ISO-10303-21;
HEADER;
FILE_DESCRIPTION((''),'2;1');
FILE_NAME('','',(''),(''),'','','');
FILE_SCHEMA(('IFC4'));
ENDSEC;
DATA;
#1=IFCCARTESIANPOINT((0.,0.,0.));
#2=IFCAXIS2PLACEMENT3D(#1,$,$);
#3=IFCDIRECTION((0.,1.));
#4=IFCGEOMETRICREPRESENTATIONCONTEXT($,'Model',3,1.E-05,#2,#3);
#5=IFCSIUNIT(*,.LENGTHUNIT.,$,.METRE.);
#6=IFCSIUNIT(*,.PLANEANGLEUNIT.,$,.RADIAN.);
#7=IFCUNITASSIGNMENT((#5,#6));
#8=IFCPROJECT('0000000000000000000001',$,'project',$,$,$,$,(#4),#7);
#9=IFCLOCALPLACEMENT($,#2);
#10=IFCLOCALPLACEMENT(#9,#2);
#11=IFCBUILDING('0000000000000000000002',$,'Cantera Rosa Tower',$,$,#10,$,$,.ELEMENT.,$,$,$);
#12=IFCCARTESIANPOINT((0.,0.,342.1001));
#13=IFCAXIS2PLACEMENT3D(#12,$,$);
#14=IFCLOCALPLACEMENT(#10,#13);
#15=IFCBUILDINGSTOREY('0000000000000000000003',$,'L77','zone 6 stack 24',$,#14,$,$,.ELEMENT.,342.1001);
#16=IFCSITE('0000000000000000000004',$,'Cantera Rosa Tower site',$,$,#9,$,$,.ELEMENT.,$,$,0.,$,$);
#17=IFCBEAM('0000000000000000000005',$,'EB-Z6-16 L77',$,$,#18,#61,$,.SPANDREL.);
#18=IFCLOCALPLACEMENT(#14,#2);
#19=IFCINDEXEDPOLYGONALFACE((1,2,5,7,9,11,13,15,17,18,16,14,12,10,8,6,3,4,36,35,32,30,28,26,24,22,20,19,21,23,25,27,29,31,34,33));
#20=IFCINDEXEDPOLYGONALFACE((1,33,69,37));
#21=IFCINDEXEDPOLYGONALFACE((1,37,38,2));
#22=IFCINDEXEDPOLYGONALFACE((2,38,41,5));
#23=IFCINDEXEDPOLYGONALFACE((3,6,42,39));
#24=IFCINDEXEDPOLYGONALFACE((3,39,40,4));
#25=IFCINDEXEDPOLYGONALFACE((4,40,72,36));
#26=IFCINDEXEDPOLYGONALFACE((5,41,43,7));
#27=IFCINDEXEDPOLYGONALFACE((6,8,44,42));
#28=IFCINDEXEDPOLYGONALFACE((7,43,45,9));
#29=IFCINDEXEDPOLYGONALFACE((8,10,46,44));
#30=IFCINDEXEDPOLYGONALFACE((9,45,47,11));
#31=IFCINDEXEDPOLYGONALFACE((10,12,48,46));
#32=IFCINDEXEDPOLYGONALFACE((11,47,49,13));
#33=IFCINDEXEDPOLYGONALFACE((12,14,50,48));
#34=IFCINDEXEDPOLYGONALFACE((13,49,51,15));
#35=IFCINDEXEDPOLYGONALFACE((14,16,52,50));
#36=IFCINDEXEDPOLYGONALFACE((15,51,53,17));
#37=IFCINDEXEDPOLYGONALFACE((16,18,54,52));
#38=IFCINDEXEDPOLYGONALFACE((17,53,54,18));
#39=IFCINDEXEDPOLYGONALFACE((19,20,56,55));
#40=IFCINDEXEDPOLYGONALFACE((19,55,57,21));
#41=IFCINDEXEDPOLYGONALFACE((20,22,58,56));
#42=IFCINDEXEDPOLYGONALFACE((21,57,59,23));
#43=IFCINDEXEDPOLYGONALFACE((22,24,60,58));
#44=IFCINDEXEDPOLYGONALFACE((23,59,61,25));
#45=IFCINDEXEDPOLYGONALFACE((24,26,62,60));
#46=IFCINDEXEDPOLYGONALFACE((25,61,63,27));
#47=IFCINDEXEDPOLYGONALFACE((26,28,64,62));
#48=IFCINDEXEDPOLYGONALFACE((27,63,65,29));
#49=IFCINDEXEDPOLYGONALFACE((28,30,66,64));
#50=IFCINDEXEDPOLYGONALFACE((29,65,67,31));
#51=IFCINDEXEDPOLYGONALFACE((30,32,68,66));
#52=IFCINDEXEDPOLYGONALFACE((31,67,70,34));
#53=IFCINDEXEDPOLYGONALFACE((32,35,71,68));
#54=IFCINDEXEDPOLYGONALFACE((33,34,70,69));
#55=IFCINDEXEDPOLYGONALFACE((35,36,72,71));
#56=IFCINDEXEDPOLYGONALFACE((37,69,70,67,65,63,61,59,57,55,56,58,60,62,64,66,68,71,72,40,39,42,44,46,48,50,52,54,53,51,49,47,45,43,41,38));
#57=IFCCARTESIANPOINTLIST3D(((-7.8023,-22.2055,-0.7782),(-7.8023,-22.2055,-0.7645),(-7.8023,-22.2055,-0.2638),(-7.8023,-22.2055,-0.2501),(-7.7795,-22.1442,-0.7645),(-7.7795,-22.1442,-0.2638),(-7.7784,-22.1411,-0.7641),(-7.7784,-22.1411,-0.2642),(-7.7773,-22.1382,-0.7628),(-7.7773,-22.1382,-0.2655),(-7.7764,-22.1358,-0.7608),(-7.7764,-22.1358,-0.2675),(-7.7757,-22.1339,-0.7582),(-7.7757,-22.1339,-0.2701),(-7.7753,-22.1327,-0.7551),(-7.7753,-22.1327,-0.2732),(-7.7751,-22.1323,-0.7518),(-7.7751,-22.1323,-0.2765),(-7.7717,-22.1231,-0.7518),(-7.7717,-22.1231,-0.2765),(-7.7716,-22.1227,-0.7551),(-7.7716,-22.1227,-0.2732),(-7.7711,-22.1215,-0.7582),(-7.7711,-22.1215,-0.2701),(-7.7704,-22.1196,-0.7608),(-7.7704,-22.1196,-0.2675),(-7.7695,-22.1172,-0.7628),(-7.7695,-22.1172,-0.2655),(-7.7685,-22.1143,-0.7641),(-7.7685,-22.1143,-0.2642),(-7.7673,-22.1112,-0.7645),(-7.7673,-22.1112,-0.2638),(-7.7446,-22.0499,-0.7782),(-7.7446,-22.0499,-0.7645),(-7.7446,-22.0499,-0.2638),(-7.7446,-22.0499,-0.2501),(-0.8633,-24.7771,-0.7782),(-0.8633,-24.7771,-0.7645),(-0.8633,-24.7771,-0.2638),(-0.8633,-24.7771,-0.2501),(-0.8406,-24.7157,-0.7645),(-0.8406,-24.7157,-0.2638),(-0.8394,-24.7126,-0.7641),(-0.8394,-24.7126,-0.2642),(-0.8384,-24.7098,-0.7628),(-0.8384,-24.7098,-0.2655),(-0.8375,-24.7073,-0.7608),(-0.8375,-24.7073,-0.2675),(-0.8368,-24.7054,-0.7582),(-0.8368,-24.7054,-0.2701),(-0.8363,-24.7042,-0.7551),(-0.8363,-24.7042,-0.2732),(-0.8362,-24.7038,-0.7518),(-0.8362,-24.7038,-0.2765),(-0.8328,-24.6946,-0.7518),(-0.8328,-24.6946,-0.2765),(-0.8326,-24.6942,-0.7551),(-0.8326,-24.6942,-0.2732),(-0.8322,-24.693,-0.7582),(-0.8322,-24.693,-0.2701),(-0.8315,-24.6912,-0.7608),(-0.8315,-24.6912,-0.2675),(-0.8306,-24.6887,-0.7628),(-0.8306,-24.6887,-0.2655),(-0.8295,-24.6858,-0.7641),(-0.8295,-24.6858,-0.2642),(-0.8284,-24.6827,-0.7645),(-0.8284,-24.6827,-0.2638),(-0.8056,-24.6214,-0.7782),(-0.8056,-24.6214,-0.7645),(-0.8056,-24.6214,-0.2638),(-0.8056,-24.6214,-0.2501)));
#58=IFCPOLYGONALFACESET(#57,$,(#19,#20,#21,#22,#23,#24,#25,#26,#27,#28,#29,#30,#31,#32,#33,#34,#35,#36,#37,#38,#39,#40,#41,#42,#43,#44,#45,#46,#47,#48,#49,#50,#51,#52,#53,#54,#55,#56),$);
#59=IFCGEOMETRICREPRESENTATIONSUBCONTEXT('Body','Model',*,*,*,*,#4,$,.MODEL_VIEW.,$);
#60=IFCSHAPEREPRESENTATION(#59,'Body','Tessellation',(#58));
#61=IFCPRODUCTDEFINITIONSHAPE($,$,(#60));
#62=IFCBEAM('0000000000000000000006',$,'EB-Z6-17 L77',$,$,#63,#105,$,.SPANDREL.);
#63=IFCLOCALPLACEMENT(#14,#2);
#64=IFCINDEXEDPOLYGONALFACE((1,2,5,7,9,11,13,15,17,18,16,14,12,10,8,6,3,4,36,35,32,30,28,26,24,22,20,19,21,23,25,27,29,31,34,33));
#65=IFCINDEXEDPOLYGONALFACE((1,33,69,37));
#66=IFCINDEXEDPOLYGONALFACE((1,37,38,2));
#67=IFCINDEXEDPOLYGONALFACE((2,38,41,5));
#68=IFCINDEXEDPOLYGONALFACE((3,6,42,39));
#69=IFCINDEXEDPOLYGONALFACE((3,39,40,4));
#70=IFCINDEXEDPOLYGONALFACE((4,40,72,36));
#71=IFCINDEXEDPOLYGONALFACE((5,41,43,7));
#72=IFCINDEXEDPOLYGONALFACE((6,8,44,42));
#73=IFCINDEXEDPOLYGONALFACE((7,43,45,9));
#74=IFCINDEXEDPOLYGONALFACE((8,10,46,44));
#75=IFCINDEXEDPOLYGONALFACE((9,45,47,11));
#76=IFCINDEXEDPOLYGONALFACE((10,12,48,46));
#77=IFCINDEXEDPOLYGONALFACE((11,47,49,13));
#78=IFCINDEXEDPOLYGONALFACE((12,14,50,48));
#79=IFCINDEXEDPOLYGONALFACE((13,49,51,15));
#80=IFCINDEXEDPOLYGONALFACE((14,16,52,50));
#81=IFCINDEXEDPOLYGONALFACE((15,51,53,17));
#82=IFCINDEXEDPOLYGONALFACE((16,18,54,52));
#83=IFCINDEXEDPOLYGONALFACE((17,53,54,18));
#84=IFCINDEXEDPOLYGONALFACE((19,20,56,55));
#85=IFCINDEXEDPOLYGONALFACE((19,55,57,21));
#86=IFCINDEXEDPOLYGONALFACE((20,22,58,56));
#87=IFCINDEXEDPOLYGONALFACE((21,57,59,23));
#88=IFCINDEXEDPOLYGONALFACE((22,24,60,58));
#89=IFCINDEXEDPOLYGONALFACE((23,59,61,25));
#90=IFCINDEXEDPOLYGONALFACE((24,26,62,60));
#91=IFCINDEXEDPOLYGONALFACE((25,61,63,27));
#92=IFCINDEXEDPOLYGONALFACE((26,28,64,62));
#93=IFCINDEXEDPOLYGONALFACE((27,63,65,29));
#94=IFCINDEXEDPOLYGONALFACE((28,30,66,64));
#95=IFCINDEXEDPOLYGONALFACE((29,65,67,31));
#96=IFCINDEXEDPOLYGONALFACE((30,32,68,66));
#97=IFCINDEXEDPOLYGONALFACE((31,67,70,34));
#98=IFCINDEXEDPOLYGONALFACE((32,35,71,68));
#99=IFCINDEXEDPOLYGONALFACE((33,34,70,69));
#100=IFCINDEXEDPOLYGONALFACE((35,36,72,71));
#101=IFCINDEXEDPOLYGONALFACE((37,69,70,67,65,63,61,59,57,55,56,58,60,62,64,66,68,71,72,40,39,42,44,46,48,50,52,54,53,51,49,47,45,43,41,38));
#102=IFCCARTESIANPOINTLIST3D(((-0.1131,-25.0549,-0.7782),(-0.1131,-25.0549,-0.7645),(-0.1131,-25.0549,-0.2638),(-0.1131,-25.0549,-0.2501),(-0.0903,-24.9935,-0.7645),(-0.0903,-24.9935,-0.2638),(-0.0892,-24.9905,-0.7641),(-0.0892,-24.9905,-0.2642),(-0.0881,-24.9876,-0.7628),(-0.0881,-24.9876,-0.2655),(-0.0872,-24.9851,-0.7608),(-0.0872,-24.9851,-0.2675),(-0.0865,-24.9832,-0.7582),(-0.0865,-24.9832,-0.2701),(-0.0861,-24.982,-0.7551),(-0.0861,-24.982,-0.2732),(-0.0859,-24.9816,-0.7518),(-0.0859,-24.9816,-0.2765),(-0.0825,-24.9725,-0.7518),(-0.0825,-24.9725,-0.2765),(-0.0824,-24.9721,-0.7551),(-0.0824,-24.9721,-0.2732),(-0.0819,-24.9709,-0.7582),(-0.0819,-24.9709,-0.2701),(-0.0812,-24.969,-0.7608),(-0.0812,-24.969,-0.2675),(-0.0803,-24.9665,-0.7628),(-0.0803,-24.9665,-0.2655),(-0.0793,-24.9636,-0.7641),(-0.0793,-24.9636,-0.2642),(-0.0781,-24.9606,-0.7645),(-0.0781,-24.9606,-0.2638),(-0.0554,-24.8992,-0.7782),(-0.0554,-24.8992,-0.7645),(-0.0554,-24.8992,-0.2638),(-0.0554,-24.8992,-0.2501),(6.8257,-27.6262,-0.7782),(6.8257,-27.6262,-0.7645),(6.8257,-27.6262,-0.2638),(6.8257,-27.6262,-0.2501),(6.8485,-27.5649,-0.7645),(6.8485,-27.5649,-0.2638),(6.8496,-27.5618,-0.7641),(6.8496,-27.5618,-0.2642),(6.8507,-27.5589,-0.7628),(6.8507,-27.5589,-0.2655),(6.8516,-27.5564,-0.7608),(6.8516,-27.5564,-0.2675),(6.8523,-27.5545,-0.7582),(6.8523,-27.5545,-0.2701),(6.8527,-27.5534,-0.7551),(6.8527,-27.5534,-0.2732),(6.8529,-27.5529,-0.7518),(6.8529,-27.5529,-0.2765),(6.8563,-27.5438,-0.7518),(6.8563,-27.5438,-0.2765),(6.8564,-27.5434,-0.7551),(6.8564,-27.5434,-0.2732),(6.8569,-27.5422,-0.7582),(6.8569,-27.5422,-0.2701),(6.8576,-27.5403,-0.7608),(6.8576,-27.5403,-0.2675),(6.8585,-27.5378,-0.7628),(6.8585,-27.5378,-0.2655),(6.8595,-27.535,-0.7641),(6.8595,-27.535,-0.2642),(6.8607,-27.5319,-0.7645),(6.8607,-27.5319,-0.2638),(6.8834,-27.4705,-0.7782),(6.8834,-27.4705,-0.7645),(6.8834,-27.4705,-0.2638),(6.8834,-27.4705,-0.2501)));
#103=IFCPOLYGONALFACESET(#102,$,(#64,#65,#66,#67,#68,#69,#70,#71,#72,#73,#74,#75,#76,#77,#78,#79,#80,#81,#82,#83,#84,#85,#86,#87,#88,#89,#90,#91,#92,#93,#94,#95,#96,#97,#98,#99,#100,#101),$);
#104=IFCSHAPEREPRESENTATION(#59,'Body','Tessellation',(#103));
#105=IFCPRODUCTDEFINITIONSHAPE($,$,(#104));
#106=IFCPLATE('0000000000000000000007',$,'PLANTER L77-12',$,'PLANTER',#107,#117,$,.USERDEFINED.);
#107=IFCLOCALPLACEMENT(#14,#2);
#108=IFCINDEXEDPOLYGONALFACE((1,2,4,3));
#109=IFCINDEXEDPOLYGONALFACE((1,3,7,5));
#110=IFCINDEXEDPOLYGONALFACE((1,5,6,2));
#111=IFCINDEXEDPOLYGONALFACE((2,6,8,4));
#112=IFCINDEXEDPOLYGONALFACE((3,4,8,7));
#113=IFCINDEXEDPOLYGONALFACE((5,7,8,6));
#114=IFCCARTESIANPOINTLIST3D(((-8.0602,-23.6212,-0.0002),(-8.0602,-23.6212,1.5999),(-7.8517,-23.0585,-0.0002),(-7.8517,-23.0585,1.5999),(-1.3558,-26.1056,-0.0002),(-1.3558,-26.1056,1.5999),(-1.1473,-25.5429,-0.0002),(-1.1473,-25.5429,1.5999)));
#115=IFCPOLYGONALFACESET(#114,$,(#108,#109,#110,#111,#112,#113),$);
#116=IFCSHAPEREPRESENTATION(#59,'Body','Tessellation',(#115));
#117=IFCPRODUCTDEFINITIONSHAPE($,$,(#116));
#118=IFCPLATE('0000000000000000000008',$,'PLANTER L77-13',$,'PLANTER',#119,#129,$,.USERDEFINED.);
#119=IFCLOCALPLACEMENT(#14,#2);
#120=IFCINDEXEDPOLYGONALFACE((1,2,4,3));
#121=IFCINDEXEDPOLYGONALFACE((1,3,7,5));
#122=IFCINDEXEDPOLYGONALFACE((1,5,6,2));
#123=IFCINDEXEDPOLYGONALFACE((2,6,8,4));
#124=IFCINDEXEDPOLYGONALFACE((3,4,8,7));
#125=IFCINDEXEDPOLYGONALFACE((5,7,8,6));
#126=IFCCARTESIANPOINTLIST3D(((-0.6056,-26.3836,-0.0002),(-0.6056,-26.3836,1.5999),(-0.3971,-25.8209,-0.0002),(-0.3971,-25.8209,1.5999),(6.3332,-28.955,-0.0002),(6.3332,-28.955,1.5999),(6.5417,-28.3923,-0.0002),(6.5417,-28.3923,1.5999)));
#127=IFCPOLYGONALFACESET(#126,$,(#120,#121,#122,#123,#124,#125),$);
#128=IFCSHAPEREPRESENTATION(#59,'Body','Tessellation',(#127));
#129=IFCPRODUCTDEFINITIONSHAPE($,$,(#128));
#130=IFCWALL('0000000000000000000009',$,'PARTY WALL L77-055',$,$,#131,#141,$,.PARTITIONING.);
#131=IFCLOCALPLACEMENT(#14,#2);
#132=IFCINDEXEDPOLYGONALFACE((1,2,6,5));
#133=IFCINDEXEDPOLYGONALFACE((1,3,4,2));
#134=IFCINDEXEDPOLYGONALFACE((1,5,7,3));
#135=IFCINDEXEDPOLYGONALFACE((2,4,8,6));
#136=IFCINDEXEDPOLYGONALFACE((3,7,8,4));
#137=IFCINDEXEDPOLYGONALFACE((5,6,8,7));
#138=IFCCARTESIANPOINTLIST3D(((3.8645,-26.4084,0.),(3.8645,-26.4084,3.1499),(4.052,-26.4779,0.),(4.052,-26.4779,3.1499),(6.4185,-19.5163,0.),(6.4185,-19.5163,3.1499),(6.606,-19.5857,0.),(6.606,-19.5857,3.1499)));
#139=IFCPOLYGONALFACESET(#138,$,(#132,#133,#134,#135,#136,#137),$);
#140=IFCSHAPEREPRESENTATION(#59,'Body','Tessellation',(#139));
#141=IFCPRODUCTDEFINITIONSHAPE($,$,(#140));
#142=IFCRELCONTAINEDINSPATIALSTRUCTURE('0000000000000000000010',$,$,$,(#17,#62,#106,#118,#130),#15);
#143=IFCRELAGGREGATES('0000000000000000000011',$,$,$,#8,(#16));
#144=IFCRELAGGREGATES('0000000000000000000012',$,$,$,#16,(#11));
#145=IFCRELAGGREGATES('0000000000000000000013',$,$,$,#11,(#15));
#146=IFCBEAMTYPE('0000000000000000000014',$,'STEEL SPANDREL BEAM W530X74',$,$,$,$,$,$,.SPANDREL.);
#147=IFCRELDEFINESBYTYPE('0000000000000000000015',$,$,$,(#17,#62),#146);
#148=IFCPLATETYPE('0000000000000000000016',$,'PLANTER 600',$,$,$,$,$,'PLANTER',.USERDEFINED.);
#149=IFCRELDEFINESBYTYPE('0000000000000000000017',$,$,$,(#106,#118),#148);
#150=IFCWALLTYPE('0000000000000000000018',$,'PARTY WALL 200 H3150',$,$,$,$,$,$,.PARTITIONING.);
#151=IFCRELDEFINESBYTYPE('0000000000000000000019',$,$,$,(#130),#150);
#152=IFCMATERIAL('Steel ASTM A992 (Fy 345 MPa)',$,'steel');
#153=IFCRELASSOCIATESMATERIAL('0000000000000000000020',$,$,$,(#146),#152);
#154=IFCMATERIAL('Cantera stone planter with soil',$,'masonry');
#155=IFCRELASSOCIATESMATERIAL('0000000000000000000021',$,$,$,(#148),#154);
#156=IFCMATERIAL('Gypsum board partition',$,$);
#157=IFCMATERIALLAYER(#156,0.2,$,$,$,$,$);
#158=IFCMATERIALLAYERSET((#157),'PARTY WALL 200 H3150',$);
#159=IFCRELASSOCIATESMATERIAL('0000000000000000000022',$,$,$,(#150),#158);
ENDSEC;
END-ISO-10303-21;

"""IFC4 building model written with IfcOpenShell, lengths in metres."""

from ifc_helpers import new_model, si_unit, direction, frame, frame_2d, origin, origin_2d, place, context, subcontext, project, spatial, rectangle, i_section, extrude, material, layer, layer_set, material_profile, profile_set, type_object, element, save


model = new_model("IFC4")

# Units and contexts
model_context = context("Model", 3, precision=1e-05, world=origin(), true_north=direction((0.0, 1.0)))
body_context = subcontext(model_context, "Body", "Model", "MODEL_VIEW")
ifc_project = project(units=[si_unit("LENGTHUNIT", "METRE"), si_unit("PLANEANGLEUNIT", "RADIAN")], contexts=[model_context])

# Site, building, storey
site_placement = place(None, origin())
site = spatial("IfcSite", under=ifc_project, at=site_placement, Name="Cantera Rosa Tower site", CompositionType="ELEMENT", RefElevation=0.0)
building_placement = place(site_placement, origin())
building = spatial("IfcBuilding", under=site, at=building_placement, Name="Cantera Rosa Tower", CompositionType="ELEMENT")
storey_placement = place(building_placement, frame((0.0, 0.0, 342.1001)))
storey = spatial("IfcBuildingStorey", under=building, at=storey_placement, Name="L77", Description="zone 6 stack 24", CompositionType="ELEMENT", Elevation=342.1001)

# Beams
ifc_material_1 = material(Name="Steel ASTM A992 (Fy 345 MPa)", Category="steel")
ifc_material_profile_1 = material_profile(ifc_material_1, i_section(OverallWidth=0.166, OverallDepth=0.5281, WebThickness=0.0098, FlangeThickness=0.0137, FilletRadius=0.0127, at=origin_2d()), Name="W530X74")
ifc_profile_set_1 = profile_set([ifc_material_profile_1], Name="Steel ASTM A992 (Fy 345 MPa)")
beam_type_1 = type_object("IfcBeamType", Name="STEEL SPANDREL BEAM W530X74", PredefinedType="SPANDREL", material=ifc_profile_set_1)
beam_1_placement = place(storey_placement, frame((-7.7734, -22.1277, -0.5142), z_axis=(0.937681, -0.347498, 0.0), x_axis=(0.347498, 0.937681, 0.0)))
element("IfcBeam", 1, at=beam_1_placement, inside=storey, type_object=beam_type_1, Name="EB-Z6-16 L77", PredefinedType="SPANDREL", context=body_context, shape_type="SweptSolid", body=[
    extrude(i_section(OverallWidth=0.166, OverallDepth=0.5281, WebThickness=0.0098, FlangeThickness=0.0137, FilletRadius=0.0127, at=origin_2d()), origin(), (0.0, 0.0, 1.0), 7.4001),
])
beam_2_placement = place(storey_placement, frame((-0.0842, -24.9771, -0.5142), z_axis=(0.937687, -0.34748, 0.0), x_axis=(0.34748, 0.937687, 0.0)))
element("IfcBeam", 2, at=beam_2_placement, inside=storey, type_object=beam_type_1, Name="EB-Z6-17 L77", PredefinedType="SPANDREL", context=body_context, shape_type="SweptSolid", body=[
    extrude(i_section(OverallWidth=0.166, OverallDepth=0.5281, WebThickness=0.0098, FlangeThickness=0.0137, FilletRadius=0.0127, at=origin_2d()), origin(), (0.0, 0.0, 1.0), 7.3999),
])

# Plates
ifc_material_2 = material(Name="Cantera stone planter with soil", Category="masonry")
plate_type = type_object("IfcPlateType", Name="PLANTER 600", ElementType="PLANTER", PredefinedType="USERDEFINED", material=ifc_material_2)
plate_1_placement = place(storey_placement, frame((-4.6038, -24.582, -0.0002), z_axis=(0.0, 0.0, 1.0), x_axis=(0.937687, -0.347481, 0.0)))
element("IfcPlate", 3, at=plate_1_placement, inside=storey, type_object=plate_type, Name="PLANTER L77-12", ObjectType="PLANTER", PredefinedType="USERDEFINED", context=body_context, shape_type="SweptSolid", body=[
    extrude(rectangle(XDim=7.1499, YDim=0.6001, at=origin_2d()), origin(), (0.0, 0.0, 1.0), 1.6001),
])
plate_2_placement = place(storey_placement, frame((2.968, -27.3879, -0.0002), z_axis=(0.0, 0.0, 1.0), x_axis=(0.937687, -0.347481, 0.0)))
element("IfcPlate", 4, at=plate_2_placement, inside=storey, type_object=plate_type, Name="PLANTER L77-13", ObjectType="PLANTER", PredefinedType="USERDEFINED", context=body_context, shape_type="SweptSolid", body=[
    extrude(rectangle(XDim=7.3999, YDim=0.6001, at=origin_2d()), origin(), (0.0, 0.0, 1.0), 1.6001),
])

# Wall
ifc_material_3 = material(Name="Gypsum board partition")
ifc_layer_1 = layer(ifc_material_3, 0.2)
ifc_layer_set_1 = layer_set([ifc_layer_1], Name="PARTY WALL 200 H3150")
wall_type_1 = type_object("IfcWallType", Name="PARTY WALL 200 H3150", PredefinedType="PARTITIONING", material=ifc_layer_set_1)
wall_1_placement = place(storey_placement, frame((3.9583, -26.4431, 0.0), z_axis=(0.0, 0.0, 1.0), x_axis=(0.347473, 0.93769, 0.0)))
element("IfcWall", 5, at=wall_1_placement, inside=storey, type_object=wall_type_1, Name="PARTY WALL L77-055", PredefinedType="PARTITIONING", context=body_context, shape_type="SweptSolid", body=[
    extrude(rectangle(XDim=7.3501, YDim=0.2, at=frame_2d((3.675, 0.0))), origin(), (0.0, 0.0, 1.0), 3.1499),
])

save(model, "model.ifc")
